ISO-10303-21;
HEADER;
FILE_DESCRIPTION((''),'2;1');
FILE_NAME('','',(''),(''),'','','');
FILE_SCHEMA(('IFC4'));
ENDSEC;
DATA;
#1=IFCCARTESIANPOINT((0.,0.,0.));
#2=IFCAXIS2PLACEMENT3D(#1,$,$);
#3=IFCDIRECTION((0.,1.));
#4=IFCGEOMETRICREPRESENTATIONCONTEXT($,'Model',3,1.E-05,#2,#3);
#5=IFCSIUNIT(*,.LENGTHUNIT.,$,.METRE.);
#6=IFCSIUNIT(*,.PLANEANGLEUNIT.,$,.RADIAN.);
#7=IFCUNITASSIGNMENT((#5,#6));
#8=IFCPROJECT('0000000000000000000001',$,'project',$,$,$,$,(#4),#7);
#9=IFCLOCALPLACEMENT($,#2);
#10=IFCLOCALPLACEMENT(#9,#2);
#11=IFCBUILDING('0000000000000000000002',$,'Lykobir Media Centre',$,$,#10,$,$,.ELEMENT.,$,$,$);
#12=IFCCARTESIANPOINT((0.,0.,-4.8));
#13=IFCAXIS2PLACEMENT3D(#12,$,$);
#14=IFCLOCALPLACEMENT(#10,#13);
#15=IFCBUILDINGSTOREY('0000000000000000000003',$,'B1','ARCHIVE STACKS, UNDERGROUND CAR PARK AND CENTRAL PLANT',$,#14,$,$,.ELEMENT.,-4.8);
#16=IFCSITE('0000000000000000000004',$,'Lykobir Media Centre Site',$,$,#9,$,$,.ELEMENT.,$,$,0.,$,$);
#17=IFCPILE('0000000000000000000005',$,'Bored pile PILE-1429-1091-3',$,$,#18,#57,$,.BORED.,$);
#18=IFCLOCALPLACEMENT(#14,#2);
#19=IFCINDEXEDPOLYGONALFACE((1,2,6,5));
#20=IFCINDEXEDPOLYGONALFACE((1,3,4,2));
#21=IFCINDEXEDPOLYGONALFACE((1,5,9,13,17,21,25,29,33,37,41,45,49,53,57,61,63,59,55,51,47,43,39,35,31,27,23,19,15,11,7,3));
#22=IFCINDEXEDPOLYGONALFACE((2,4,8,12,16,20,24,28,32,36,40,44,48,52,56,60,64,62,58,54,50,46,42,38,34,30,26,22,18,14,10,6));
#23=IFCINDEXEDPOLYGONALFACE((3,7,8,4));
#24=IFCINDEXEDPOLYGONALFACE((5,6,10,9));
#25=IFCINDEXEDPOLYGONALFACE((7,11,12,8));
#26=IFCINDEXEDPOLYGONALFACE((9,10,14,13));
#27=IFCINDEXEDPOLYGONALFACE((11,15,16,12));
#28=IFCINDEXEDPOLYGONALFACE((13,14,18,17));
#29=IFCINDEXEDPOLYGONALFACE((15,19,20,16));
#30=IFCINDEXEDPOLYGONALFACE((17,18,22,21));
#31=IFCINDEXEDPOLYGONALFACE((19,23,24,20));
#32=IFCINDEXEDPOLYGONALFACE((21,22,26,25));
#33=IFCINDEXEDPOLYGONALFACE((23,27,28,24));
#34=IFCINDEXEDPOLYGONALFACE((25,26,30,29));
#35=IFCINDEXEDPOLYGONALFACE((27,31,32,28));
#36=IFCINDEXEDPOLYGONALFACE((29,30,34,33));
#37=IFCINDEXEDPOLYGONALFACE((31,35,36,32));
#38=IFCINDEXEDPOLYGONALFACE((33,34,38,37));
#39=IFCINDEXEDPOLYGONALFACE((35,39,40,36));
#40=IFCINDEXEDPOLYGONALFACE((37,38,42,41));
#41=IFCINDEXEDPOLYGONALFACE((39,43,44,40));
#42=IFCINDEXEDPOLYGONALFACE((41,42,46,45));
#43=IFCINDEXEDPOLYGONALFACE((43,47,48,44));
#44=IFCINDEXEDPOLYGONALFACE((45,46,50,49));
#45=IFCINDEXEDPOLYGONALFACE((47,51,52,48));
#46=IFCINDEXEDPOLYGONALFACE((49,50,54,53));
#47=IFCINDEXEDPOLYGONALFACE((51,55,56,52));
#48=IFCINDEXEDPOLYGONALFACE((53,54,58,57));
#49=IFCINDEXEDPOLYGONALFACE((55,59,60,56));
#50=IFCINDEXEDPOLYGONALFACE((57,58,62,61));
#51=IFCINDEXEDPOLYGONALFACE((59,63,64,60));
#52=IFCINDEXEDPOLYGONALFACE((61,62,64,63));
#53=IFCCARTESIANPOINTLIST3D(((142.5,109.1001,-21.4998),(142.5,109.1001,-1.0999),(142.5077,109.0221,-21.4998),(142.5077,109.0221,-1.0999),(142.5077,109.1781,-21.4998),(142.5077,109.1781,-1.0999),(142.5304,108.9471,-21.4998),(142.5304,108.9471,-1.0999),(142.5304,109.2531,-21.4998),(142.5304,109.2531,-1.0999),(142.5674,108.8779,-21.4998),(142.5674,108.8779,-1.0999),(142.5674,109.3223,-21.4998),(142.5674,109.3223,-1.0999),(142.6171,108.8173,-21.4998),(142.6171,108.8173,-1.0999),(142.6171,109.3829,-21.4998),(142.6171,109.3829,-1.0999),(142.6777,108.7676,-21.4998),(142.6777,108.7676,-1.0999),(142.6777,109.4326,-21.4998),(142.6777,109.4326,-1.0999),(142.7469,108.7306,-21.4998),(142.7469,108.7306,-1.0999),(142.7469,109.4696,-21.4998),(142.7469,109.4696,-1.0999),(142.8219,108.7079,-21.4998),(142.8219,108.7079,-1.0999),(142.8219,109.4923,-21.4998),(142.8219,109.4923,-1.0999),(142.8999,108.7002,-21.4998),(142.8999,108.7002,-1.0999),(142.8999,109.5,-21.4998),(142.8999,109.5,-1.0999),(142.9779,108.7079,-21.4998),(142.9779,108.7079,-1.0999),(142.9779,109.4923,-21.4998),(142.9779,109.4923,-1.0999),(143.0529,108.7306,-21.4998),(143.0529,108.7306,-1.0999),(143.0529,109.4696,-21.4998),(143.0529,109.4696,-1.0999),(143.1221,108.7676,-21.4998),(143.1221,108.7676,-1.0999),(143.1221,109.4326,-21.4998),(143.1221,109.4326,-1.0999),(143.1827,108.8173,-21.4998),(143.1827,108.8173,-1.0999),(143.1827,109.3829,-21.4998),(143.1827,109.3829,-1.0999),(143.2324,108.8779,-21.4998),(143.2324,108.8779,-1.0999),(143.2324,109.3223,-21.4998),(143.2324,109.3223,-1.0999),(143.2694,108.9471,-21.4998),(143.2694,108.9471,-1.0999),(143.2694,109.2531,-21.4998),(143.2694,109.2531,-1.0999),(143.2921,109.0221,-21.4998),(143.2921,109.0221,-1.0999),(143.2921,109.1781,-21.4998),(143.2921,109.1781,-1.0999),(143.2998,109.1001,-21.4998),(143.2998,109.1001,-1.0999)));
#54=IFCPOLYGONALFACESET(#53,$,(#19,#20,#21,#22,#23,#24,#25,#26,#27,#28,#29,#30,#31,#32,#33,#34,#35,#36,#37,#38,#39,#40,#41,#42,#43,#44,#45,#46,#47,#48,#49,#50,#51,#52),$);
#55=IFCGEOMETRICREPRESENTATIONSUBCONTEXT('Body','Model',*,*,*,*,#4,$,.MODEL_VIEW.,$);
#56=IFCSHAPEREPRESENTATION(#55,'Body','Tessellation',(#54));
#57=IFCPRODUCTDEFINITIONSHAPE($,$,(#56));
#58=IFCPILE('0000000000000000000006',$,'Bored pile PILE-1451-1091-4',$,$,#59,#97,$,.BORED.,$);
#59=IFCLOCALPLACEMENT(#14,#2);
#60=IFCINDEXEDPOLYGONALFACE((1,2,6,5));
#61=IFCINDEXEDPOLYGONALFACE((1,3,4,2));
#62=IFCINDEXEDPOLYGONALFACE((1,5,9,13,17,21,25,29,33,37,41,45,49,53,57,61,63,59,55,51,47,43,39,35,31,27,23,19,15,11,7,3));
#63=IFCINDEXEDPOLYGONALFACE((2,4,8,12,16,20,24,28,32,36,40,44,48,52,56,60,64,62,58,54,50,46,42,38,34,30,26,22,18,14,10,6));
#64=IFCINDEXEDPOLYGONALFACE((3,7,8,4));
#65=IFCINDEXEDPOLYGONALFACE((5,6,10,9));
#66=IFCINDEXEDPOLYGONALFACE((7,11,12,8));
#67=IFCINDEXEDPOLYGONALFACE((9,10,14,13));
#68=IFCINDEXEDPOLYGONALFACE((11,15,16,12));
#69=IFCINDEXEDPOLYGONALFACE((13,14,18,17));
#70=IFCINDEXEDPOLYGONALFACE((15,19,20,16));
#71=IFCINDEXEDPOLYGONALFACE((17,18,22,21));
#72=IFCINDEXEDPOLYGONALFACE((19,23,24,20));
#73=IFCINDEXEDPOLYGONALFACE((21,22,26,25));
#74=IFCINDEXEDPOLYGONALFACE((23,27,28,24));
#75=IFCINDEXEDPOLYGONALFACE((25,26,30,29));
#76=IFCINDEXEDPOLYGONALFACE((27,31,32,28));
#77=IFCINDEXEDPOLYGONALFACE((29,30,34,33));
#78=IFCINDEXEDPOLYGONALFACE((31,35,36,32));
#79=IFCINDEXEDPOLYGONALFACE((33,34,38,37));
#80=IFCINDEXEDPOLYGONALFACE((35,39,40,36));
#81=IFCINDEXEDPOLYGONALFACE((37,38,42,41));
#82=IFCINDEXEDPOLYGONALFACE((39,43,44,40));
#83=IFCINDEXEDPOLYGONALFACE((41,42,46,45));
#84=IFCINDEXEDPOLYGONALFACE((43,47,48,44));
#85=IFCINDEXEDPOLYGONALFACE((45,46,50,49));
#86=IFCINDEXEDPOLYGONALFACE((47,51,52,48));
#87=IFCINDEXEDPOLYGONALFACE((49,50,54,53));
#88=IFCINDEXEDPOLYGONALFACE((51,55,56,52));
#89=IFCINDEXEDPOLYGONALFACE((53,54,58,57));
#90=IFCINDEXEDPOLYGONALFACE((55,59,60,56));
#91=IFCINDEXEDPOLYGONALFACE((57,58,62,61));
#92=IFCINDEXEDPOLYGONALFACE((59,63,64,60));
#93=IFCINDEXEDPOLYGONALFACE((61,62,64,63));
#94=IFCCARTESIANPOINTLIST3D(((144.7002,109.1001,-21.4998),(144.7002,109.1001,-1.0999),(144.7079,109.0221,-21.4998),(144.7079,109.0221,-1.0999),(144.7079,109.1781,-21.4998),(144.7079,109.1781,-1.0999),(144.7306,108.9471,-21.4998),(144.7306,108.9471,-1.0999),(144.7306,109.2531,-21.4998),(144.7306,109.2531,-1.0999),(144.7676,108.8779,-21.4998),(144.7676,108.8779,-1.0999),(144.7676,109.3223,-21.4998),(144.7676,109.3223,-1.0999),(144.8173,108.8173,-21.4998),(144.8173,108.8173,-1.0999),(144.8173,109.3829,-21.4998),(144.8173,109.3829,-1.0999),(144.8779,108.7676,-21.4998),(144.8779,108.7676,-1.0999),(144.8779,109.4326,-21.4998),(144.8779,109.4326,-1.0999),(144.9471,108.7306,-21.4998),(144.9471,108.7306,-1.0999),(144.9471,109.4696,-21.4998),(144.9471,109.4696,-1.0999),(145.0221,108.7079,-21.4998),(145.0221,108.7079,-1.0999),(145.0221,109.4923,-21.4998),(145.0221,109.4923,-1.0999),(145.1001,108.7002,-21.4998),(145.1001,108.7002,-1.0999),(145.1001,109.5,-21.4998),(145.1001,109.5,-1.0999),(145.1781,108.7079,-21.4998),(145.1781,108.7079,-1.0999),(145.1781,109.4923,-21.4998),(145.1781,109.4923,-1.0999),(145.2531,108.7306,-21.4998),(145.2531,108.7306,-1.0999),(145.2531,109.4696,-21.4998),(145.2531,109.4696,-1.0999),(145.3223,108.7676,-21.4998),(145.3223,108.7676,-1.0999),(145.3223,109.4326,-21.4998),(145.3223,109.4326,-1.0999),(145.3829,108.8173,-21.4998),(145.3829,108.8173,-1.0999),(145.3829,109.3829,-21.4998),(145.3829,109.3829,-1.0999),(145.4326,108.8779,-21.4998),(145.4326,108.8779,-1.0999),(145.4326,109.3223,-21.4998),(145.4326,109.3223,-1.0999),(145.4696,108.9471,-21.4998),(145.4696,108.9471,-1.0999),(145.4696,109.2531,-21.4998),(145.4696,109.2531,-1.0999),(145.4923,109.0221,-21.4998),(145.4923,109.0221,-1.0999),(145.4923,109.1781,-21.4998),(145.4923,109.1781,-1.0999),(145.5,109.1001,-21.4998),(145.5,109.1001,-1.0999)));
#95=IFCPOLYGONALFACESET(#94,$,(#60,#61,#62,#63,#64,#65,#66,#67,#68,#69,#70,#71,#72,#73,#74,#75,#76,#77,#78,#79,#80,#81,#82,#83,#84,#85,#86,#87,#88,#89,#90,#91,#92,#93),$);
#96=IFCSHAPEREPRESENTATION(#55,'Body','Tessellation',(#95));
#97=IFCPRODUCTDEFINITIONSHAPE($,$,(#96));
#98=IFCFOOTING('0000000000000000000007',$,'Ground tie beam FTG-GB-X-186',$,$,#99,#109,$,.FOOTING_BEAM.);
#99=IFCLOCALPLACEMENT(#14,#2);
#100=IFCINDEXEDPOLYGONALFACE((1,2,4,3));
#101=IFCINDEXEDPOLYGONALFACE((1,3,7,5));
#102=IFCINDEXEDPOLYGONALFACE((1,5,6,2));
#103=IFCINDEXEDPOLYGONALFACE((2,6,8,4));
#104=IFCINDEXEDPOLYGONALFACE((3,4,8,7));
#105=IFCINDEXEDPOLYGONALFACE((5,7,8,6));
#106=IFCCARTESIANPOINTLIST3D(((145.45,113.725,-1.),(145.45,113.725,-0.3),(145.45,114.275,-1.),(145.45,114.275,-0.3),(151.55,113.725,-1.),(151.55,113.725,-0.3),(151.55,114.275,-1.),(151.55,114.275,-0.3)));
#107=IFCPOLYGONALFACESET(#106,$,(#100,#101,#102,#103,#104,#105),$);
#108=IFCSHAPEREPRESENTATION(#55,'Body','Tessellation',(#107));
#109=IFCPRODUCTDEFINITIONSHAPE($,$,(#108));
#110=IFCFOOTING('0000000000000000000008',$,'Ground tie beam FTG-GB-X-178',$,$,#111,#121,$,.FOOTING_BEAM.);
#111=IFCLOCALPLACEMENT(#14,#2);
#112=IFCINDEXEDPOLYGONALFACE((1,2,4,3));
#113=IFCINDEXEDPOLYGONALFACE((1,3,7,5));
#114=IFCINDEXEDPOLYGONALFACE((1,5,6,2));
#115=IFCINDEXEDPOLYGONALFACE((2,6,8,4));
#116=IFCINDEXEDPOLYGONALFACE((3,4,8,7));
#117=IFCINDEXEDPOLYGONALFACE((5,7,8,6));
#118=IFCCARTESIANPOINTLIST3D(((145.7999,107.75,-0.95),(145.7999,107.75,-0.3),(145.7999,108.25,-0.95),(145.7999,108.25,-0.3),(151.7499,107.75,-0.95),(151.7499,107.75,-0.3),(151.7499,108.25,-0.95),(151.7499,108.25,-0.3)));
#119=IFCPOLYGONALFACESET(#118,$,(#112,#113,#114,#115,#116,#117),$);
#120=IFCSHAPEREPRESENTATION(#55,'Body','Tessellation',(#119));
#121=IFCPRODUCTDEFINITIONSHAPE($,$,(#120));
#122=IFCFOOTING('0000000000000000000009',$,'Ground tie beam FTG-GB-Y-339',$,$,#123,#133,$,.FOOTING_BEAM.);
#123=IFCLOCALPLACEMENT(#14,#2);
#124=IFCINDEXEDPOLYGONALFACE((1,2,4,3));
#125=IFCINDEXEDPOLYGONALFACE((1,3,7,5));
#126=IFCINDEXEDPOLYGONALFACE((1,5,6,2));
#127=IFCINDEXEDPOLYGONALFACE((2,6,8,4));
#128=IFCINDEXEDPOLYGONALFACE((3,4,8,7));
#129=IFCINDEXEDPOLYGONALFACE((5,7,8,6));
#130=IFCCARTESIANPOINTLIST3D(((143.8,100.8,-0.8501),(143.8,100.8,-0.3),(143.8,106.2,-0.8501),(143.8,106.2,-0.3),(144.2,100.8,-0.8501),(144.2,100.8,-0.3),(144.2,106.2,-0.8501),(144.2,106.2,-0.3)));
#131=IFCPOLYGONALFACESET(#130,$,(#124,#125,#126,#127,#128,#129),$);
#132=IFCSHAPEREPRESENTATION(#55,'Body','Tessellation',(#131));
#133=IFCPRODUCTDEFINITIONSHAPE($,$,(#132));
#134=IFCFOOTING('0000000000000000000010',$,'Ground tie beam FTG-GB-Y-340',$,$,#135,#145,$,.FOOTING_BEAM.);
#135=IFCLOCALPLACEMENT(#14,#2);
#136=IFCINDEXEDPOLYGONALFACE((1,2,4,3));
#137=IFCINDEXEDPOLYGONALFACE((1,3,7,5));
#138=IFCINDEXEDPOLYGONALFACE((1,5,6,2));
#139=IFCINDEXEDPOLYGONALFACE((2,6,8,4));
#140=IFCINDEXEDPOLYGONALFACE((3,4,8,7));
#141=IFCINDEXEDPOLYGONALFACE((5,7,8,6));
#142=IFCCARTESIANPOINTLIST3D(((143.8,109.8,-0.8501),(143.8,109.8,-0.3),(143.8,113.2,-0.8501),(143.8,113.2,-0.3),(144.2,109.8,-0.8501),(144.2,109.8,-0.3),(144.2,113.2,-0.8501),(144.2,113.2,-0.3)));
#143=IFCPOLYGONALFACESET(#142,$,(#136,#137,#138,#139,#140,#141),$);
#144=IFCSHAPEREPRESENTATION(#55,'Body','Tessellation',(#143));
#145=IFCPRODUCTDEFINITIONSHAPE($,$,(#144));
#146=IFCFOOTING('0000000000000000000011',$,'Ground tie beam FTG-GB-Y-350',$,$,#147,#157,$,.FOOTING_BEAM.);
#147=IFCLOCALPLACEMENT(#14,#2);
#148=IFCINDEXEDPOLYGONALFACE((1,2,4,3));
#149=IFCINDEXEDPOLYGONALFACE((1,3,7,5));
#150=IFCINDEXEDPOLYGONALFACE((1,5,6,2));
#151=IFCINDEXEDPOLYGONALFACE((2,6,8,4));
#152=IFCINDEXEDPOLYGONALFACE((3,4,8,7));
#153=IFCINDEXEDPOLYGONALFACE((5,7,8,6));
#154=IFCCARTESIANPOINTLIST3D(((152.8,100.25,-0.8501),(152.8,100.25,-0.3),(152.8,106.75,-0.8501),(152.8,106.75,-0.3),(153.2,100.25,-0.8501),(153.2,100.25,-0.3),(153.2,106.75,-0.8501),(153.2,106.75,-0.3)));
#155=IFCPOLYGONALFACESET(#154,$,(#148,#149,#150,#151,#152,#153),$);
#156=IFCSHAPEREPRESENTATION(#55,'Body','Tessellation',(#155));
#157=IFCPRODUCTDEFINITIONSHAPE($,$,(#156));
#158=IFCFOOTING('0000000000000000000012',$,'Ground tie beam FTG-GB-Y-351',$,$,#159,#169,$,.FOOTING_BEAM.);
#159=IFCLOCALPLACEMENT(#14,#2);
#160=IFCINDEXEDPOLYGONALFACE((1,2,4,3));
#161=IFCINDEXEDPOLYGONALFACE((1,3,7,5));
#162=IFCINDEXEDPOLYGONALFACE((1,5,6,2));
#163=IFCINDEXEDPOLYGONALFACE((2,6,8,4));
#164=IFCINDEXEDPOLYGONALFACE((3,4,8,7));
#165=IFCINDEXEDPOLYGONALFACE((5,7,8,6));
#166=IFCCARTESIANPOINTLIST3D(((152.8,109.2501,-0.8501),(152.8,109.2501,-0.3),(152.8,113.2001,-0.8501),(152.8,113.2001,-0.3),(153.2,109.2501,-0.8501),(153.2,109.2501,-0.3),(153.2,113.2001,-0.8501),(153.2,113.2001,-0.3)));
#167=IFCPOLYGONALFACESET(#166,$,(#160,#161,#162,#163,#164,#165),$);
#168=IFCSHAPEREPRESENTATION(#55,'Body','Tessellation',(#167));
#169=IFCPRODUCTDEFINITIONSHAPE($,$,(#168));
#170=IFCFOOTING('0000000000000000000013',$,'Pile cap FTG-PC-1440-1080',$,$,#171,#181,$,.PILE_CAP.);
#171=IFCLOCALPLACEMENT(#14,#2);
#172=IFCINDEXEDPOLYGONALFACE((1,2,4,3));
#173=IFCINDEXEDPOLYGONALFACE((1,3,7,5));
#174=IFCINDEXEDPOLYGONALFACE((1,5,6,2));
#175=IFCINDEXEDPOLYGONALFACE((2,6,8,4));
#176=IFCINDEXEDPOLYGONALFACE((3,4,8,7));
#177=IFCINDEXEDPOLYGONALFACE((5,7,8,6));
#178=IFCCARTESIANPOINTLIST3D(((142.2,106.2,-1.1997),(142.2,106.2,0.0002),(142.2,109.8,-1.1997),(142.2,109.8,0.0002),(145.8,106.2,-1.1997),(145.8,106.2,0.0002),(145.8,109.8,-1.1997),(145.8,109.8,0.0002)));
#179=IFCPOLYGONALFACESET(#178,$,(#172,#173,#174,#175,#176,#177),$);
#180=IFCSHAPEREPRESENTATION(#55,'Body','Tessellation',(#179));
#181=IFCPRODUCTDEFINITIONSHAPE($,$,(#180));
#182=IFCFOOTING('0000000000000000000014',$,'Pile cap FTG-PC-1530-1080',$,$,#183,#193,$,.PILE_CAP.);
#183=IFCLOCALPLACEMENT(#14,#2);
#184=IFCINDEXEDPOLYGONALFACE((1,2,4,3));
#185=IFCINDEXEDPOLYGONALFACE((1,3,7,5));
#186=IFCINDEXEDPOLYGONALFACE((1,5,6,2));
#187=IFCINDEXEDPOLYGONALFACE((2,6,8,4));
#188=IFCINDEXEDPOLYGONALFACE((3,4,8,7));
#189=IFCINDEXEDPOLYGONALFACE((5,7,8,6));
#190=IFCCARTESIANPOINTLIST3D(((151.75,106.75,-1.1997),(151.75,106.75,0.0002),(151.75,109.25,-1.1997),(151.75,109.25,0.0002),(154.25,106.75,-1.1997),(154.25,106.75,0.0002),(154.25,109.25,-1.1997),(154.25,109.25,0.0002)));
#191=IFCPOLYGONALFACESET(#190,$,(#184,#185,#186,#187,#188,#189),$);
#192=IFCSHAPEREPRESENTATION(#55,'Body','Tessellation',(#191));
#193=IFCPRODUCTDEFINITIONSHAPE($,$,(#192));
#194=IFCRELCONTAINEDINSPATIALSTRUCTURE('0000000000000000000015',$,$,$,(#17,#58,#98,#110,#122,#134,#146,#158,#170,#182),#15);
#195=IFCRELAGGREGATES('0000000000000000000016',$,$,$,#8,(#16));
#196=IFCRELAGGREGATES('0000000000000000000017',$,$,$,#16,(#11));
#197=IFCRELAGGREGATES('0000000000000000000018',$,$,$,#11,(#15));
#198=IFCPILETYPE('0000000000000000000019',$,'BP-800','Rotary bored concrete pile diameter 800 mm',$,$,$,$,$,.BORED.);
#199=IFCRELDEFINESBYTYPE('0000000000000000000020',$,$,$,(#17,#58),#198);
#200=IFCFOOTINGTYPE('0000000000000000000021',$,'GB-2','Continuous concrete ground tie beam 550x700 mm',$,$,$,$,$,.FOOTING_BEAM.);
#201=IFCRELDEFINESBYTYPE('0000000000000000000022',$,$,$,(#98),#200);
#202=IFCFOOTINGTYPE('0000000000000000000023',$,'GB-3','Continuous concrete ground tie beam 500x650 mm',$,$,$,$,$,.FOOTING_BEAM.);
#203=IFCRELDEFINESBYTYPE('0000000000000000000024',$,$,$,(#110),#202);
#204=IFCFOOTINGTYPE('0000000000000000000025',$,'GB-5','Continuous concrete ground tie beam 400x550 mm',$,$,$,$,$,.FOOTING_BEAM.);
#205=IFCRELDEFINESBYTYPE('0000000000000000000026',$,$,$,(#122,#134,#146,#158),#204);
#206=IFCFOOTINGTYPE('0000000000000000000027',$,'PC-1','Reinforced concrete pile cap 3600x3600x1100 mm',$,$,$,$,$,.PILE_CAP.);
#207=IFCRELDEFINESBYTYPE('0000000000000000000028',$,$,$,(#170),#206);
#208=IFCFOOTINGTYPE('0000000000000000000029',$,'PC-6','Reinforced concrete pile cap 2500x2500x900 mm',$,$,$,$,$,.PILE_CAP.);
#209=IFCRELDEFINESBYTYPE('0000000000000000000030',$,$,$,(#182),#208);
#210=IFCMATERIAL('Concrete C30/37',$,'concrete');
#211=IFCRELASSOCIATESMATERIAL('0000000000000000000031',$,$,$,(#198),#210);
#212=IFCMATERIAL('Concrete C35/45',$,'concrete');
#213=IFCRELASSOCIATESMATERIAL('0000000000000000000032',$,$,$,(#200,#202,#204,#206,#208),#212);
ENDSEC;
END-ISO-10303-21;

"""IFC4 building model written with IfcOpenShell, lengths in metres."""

from ifc_helpers import new_model, si_unit, direction, frame, origin, origin_2d, place, context, subcontext, project, spatial, rectangle, circle, extrude, material, material_profile, profile_set, type_object, element, save


model = new_model("IFC4")

# Units and contexts
model_context = context("Model", 3, precision=1e-05, world=origin(), true_north=direction((0.0, 1.0)))
body_context = subcontext(model_context, "Body", "Model", "MODEL_VIEW")
ifc_project = project(units=[si_unit("LENGTHUNIT", "METRE"), si_unit("PLANEANGLEUNIT", "RADIAN")], contexts=[model_context])

# Site, building, storey
site_placement = place(None, origin())
site = spatial("IfcSite", under=ifc_project, at=site_placement, Name="Lykobir Media Centre Site", CompositionType="ELEMENT", RefElevation=0.0)
building_placement = place(site_placement, origin())
building = spatial("IfcBuilding", under=site, at=building_placement, Name="Lykobir Media Centre", CompositionType="ELEMENT")
storey_placement = place(building_placement, frame((0.0, 0.0, -4.8)))
storey = spatial("IfcBuildingStorey", under=building, at=storey_placement, Name="B1", Description="ARCHIVE STACKS, UNDERGROUND CAR PARK AND CENTRAL PLANT", CompositionType="ELEMENT", Elevation=-4.8)

# Piles
ifc_material_1 = material(Name="Concrete C30/37", Category="concrete")
ifc_material_profile_1 = material_profile(ifc_material_1, circle(Radius=0.3999, at=origin_2d()), Name="BORED PILE D800")
ifc_profile_set_1 = profile_set([ifc_material_profile_1], Name="Concrete C30/37")
pile_type_1 = type_object("IfcPileType", Name="BP-800", Description="Rotary bored concrete pile diameter 800 mm", PredefinedType="BORED", material=ifc_profile_set_1)
for number, where, z_axis, x_axis, name in (
    (1, (142.8999, 109.1001, -1.0999), (0.0, 0.0, -1.0), (1.0, 0.0, 0.0), "Bored pile PILE-1429-1091-3"),
    (2, (145.1001, 109.1001, -1.0999), (0.0, 0.0, -1.0), (1.0, 0.0, 0.0), "Bored pile PILE-1451-1091-4"),
):
    element("IfcPile", number, at=place(storey_placement, frame(where, z_axis=z_axis, x_axis=x_axis)), inside=storey, type_object=pile_type_1, Name=name, PredefinedType="BORED", context=body_context, shape_type="SweptSolid", body=[
        extrude(circle(Radius=0.3999, at=origin_2d()), origin(), (0.0, 0.0, 1.0), 20.3999),
    ])

# Footings
ifc_material_2 = material(Name="Concrete C35/45", Category="concrete")
footing_type_1 = type_object("IfcFootingType", Name="GB-2", Description="Continuous concrete ground tie beam 550x700 mm", PredefinedType="FOOTING_BEAM", material=ifc_material_2)
footing_1_placement = place(storey_placement, frame((148.5, 114.0, -1.0), z_axis=(0.0, 0.0, 1.0), x_axis=(1.0, 0.0, 0.0)))
element("IfcFooting", 3, at=footing_1_placement, inside=storey, type_object=footing_type_1, Name="Ground tie beam FTG-GB-X-186", PredefinedType="FOOTING_BEAM", context=body_context, shape_type="SweptSolid", body=[
    extrude(rectangle(XDim=6.1001, YDim=0.55, at=origin_2d()), origin(), (0.0, 0.0, 1.0), 0.7),
])
footing_type_2 = type_object("IfcFootingType", Name="GB-3", Description="Continuous concrete ground tie beam 500x650 mm", PredefinedType="FOOTING_BEAM", material=ifc_material_2)
footing_2_placement = place(storey_placement, frame((148.7749, 108.0, -0.95), z_axis=(0.0, 0.0, 1.0), x_axis=(1.0, 0.0, 0.0)))
element("IfcFooting", 4, at=footing_2_placement, inside=storey, type_object=footing_type_2, Name="Ground tie beam FTG-GB-X-178", PredefinedType="FOOTING_BEAM", context=body_context, shape_type="SweptSolid", body=[
    extrude(rectangle(XDim=5.95, YDim=0.5, at=origin_2d()), origin(), (0.0, 0.0, 1.0), 0.6499),
])
footing_type_3 = type_object("IfcFootingType", Name="GB-5", Description="Continuous concrete ground tie beam 400x550 mm", PredefinedType="FOOTING_BEAM", material=ifc_material_2)
footing_3_placement = place(storey_placement, frame((144.0, 103.5, -0.8501), z_axis=(0.0, 0.0, 1.0), x_axis=(0.0, 1.0, 0.0)))
element("IfcFooting", 5, at=footing_3_placement, inside=storey, type_object=footing_type_3, Name="Ground tie beam FTG-GB-Y-339", PredefinedType="FOOTING_BEAM", context=body_context, shape_type="SweptSolid", body=[
    extrude(rectangle(XDim=5.3999, YDim=0.3999, at=origin_2d()), origin(), (0.0, 0.0, 1.0), 0.55),
])
footing_4_placement = place(storey_placement, frame((144.0, 111.5, -0.8501), z_axis=(0.0, 0.0, 1.0), x_axis=(0.0, 1.0, 0.0)))
element("IfcFooting", 6, at=footing_4_placement, inside=storey, type_object=footing_type_3, Name="Ground tie beam FTG-GB-Y-340", PredefinedType="FOOTING_BEAM", context=body_context, shape_type="SweptSolid", body=[
    extrude(rectangle(XDim=3.3999, YDim=0.3999, at=origin_2d()), origin(), (0.0, 0.0, 1.0), 0.55),
])
footing_5_placement = place(storey_placement, frame((153.0, 103.5, -0.8501), z_axis=(0.0, 0.0, 1.0), x_axis=(0.0, 1.0, 0.0)))
element("IfcFooting", 7, at=footing_5_placement, inside=storey, type_object=footing_type_3, Name="Ground tie beam FTG-GB-Y-350", PredefinedType="FOOTING_BEAM", context=body_context, shape_type="SweptSolid", body=[
    extrude(rectangle(XDim=6.5, YDim=0.3999, at=origin_2d()), origin(), (0.0, 0.0, 1.0), 0.55),
])
footing_6_placement = place(storey_placement, frame((153.0, 111.2251, -0.8501), z_axis=(0.0, 0.0, 1.0), x_axis=(0.0, 1.0, 0.0)))
element("IfcFooting", 8, at=footing_6_placement, inside=storey, type_object=footing_type_3, Name="Ground tie beam FTG-GB-Y-351", PredefinedType="FOOTING_BEAM", context=body_context, shape_type="SweptSolid", body=[
    extrude(rectangle(XDim=3.95, YDim=0.3999, at=origin_2d()), origin(), (0.0, 0.0, 1.0), 0.55),
])
footing_type_4 = type_object("IfcFootingType", Name="PC-1", Description="Reinforced concrete pile cap 3600x3600x1100 mm", PredefinedType="PILE_CAP", material=ifc_material_2)
footing_7_placement = place(storey_placement, frame((144.0, 108.0, -1.1997), z_axis=(0.0, 0.0, 1.0), x_axis=(1.0, 0.0, 0.0)))
element("IfcFooting", 9, at=footing_7_placement, inside=storey, type_object=footing_type_4, Name="Pile cap FTG-PC-1440-1080", PredefinedType="PILE_CAP", context=body_context, shape_type="SweptSolid", body=[
    extrude(rectangle(XDim=3.6001, YDim=3.6001, at=origin_2d()), origin(), (0.0, 0.0, 1.0), 1.2),
])
footing_type_5 = type_object("IfcFootingType", Name="PC-6", Description="Reinforced concrete pile cap 2500x2500x900 mm", PredefinedType="PILE_CAP", material=ifc_material_2)
footing_8_placement = place(storey_placement, frame((153.0, 108.0, -1.1997), z_axis=(0.0, 0.0, 1.0), x_axis=(1.0, 0.0, 0.0)))
element("IfcFooting", 10, at=footing_8_placement, inside=storey, type_object=footing_type_5, Name="Pile cap FTG-PC-1530-1080", PredefinedType="PILE_CAP", context=body_context, shape_type="SweptSolid", body=[
    extrude(rectangle(XDim=2.5, YDim=2.5, at=origin_2d()), origin(), (0.0, 0.0, 1.0), 1.2),
])

save(model, "model.ifc")
